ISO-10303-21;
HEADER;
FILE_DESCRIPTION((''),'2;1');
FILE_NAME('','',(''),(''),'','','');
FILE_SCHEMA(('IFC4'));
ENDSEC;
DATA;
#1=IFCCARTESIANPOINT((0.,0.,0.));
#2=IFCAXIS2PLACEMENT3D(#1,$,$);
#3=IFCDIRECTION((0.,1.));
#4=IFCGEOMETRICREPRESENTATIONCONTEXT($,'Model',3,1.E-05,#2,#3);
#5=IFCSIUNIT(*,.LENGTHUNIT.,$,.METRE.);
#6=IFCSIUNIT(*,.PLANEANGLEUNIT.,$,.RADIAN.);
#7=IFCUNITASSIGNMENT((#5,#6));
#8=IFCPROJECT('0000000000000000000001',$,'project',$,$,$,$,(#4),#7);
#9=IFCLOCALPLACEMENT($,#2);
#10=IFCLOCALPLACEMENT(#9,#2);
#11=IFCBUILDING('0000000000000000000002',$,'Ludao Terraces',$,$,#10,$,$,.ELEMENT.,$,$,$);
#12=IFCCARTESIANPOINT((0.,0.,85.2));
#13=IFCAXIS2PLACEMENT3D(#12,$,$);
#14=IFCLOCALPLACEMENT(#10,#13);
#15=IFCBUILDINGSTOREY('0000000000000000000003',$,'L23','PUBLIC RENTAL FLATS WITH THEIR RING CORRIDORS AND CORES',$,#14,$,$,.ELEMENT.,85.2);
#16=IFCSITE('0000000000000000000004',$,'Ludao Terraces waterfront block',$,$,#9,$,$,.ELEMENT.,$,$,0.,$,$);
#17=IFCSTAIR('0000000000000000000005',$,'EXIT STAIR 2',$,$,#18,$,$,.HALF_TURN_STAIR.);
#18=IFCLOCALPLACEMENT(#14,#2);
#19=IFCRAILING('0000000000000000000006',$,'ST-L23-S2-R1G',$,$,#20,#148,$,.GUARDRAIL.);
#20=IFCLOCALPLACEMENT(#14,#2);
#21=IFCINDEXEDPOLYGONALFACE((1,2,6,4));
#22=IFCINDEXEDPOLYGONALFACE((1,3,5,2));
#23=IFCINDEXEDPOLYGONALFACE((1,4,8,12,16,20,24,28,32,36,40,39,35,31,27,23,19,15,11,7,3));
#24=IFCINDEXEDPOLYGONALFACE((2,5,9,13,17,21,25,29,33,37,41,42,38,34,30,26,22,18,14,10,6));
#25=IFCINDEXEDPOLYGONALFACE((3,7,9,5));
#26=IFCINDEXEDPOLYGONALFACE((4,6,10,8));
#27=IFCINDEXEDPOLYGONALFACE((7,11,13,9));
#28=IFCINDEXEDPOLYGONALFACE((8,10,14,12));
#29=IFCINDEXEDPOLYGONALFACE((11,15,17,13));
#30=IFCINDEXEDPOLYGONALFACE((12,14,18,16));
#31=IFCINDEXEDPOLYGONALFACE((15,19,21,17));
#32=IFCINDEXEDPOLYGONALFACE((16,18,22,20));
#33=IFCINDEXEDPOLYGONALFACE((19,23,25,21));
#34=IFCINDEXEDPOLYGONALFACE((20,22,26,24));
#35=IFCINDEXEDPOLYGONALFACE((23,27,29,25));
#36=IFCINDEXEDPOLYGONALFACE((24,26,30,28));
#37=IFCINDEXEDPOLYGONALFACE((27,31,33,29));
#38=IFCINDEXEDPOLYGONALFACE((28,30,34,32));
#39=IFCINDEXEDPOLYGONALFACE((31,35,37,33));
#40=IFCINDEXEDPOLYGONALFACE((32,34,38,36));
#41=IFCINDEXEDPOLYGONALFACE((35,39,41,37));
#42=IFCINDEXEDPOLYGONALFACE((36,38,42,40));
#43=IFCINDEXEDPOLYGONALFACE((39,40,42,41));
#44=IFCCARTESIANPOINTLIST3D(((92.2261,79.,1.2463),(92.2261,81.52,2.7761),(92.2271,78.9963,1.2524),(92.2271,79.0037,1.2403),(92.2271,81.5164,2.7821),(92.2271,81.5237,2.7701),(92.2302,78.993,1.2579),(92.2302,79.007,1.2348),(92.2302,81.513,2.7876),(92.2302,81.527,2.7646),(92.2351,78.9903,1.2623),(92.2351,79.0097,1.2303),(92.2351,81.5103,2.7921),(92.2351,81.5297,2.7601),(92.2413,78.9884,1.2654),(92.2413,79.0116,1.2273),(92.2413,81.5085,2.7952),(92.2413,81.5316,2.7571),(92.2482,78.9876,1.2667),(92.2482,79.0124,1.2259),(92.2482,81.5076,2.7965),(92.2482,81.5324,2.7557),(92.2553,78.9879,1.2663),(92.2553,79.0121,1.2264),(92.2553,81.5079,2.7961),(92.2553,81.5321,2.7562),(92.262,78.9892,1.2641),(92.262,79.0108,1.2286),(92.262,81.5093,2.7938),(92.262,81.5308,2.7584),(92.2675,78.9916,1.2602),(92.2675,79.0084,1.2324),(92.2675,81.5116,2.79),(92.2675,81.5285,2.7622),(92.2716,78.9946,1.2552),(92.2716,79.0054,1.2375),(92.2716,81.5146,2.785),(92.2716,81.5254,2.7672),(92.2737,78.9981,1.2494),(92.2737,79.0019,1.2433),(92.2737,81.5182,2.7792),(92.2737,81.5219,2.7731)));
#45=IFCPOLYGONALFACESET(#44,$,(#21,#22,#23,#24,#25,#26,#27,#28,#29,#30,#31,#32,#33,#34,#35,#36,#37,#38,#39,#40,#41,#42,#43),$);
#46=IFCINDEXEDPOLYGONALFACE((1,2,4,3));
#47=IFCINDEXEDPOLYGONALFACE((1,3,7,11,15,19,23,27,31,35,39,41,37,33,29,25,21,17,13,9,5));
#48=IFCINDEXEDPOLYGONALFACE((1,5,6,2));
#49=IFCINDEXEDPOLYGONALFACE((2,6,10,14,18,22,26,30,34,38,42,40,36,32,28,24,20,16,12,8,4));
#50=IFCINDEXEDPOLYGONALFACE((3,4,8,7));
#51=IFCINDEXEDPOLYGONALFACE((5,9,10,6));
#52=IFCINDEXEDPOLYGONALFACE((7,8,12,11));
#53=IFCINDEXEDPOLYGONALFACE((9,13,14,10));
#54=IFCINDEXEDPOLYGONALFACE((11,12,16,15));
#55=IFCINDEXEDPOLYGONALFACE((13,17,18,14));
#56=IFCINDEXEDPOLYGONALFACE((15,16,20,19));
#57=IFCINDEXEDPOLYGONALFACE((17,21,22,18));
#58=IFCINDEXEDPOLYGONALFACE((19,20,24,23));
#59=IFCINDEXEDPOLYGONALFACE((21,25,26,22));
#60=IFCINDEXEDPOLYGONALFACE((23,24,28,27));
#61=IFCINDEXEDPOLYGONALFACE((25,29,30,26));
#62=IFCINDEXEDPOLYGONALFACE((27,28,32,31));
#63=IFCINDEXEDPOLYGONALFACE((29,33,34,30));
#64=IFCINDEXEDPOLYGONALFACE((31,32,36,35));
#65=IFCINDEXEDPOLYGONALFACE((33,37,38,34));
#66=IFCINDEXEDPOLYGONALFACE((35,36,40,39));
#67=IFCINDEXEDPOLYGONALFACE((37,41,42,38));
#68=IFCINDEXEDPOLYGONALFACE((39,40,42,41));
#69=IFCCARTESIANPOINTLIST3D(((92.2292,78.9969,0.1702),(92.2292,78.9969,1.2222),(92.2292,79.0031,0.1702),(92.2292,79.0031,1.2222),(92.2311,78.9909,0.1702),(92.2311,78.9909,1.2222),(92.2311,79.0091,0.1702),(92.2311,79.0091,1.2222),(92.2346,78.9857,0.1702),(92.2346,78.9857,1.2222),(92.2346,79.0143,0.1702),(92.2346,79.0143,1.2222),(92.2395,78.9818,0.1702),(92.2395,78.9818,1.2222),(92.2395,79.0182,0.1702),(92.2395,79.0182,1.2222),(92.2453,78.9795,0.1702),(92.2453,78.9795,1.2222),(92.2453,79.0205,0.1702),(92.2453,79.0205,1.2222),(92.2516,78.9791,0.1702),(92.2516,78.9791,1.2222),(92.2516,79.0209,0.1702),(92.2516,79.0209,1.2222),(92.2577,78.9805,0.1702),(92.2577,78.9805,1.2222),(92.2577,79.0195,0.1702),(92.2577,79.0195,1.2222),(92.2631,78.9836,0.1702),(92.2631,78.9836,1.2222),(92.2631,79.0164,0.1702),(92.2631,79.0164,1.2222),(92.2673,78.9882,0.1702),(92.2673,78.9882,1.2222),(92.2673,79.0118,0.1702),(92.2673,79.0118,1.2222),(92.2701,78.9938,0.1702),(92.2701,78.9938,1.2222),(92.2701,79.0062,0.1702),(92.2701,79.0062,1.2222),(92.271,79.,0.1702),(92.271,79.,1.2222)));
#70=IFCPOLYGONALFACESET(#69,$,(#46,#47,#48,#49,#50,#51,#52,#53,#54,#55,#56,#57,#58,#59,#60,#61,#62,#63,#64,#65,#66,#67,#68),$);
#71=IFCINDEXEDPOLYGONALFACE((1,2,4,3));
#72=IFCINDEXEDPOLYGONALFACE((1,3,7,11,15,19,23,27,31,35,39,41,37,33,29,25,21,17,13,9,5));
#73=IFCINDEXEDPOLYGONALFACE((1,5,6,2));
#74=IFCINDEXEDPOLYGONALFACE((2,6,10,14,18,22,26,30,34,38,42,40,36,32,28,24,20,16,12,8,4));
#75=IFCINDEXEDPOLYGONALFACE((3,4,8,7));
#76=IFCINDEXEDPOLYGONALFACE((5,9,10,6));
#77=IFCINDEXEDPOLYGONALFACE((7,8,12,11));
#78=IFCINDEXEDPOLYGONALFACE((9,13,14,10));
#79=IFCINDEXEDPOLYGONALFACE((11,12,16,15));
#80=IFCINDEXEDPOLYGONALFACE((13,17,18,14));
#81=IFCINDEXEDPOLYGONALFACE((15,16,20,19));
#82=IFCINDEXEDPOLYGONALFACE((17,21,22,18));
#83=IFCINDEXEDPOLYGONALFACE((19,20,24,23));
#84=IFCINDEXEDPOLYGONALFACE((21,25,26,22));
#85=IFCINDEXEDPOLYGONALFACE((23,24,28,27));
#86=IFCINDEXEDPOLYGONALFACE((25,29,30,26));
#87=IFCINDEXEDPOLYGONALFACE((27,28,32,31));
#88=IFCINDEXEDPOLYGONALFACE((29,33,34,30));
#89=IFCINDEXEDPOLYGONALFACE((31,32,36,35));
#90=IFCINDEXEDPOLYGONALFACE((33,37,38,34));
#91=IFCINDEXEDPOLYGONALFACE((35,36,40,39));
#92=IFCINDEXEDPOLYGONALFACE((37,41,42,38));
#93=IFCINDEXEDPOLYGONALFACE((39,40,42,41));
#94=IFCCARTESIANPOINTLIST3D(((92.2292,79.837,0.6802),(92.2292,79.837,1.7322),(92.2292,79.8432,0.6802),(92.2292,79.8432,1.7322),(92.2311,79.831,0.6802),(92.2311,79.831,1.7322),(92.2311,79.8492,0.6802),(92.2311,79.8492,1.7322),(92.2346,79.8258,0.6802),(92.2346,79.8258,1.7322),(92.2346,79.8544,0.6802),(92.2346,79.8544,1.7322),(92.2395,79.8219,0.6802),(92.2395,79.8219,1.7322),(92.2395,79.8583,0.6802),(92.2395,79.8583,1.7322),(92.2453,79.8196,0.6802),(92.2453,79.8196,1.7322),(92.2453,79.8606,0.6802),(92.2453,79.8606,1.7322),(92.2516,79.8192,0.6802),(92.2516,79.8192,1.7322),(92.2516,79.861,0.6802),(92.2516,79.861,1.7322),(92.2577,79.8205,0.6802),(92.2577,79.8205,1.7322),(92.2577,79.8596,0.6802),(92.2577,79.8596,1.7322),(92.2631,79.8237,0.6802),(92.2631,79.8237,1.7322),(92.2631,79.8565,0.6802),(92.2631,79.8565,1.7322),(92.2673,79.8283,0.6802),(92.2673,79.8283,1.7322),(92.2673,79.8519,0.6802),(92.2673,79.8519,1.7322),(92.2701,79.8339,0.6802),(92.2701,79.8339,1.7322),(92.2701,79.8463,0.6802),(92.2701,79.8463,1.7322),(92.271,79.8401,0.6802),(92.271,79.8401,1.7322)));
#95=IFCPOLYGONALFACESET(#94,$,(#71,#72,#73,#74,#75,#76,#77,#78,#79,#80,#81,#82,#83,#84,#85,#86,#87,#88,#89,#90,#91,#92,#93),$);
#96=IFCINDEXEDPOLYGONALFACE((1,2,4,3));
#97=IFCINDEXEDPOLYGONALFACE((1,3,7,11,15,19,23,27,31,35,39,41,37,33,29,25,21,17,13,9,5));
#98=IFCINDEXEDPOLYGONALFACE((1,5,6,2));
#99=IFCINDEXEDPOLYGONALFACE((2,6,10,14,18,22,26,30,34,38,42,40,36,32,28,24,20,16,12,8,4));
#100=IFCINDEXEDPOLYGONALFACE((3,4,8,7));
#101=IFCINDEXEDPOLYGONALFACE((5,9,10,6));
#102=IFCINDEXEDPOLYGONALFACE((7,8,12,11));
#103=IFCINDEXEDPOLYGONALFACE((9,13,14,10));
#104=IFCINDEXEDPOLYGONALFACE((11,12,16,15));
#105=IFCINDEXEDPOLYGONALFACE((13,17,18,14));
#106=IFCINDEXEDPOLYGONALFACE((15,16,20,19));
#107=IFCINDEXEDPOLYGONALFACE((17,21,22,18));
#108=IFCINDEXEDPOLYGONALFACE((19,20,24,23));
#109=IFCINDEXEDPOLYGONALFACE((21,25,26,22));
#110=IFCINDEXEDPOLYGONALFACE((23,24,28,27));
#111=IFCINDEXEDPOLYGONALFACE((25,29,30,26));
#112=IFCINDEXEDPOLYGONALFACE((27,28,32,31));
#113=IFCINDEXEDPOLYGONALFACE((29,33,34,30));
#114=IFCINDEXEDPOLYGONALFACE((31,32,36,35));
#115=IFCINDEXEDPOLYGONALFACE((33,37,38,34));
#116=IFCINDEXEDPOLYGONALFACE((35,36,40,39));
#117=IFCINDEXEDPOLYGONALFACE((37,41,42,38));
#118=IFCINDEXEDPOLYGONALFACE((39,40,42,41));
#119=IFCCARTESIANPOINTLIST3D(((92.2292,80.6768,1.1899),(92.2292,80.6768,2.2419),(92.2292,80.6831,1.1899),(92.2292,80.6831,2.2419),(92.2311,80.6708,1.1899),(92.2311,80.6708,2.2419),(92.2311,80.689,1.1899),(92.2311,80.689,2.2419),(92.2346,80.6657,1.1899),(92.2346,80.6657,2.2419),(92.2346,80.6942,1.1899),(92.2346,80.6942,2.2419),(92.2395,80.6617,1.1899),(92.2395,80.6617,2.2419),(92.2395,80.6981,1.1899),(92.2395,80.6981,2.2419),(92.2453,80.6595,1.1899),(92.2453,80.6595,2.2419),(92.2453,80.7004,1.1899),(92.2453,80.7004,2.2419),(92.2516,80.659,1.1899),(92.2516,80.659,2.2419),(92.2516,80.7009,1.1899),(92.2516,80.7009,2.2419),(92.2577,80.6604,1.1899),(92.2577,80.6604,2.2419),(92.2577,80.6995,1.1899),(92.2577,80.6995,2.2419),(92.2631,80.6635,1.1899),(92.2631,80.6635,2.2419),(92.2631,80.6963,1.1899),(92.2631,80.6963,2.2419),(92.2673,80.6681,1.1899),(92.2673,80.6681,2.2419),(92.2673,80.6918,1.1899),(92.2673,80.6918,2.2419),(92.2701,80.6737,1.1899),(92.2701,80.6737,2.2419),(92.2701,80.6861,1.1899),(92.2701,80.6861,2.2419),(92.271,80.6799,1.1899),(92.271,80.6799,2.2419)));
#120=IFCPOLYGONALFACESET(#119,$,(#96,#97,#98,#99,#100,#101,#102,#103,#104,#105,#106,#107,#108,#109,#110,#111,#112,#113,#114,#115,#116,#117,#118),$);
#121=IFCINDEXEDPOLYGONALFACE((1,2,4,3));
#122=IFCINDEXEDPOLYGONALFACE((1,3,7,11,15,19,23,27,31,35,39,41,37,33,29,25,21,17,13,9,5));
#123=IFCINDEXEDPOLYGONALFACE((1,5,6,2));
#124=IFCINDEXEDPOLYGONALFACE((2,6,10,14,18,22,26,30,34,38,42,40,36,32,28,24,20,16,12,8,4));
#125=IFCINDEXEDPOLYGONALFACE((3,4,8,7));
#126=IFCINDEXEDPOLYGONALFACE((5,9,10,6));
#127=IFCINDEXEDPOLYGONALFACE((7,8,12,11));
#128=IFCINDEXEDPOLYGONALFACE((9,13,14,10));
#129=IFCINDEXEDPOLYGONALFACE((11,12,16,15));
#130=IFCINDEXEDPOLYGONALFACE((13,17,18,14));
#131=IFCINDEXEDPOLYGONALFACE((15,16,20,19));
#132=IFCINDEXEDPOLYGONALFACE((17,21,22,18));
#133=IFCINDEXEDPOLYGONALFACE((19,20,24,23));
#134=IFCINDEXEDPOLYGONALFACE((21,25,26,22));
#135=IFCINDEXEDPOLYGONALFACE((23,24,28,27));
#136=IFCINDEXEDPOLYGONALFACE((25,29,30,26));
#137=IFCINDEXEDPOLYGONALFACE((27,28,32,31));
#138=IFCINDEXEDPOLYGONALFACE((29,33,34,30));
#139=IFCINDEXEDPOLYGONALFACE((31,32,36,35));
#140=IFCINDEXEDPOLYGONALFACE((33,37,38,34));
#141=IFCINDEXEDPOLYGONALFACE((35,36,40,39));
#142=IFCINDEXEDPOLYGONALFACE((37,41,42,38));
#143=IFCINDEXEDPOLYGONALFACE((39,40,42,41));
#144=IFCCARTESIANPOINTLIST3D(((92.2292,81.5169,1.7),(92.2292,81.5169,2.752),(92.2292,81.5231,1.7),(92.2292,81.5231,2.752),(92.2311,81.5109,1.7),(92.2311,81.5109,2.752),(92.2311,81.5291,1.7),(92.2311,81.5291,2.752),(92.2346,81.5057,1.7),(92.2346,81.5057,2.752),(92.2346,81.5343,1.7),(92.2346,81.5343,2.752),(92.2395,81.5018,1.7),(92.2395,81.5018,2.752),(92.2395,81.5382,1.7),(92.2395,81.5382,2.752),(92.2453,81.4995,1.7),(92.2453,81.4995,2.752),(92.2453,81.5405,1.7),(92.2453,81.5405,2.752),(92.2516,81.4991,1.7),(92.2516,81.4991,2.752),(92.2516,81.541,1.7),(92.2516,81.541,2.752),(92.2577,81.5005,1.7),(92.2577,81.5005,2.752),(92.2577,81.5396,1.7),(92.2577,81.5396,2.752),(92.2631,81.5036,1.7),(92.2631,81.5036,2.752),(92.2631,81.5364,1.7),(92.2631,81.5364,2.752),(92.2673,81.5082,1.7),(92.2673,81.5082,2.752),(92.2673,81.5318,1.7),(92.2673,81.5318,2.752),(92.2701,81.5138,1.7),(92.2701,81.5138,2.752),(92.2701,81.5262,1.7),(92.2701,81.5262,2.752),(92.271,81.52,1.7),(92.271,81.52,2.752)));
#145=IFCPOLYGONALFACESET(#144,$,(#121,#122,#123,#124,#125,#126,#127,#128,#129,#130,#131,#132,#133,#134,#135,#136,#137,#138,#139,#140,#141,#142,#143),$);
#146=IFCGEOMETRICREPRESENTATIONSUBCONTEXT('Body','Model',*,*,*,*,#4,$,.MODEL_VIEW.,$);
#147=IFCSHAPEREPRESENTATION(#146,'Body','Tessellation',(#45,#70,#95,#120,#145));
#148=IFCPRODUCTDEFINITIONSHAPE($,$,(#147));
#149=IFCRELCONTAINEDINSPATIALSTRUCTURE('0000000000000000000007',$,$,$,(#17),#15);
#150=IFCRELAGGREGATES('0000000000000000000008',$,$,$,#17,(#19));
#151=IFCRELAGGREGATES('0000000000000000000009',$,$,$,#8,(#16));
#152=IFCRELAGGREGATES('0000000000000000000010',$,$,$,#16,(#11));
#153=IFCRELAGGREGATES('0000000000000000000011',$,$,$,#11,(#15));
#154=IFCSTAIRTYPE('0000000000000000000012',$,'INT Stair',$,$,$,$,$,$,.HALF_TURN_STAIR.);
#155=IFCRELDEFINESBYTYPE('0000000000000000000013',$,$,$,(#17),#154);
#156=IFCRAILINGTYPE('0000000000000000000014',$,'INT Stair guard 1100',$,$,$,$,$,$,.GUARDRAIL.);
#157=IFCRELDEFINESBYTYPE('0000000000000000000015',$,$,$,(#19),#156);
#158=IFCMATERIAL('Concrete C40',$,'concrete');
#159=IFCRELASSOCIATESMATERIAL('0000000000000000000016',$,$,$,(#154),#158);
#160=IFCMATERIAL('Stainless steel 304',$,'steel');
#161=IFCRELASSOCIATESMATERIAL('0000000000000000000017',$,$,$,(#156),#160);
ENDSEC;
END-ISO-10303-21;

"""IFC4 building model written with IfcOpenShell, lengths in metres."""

from ifc_helpers import new_model, si_unit, direction, frame, origin, origin_2d, place, context, subcontext, project, spatial, circle, extrude, material, type_object, element, aggregate, save


model = new_model("IFC4")

# Units and contexts
model_context = context("Model", 3, precision=1e-05, world=origin(), true_north=direction((0.0, 1.0)))
body_context = subcontext(model_context, "Body", "Model", "MODEL_VIEW")
ifc_project = project(units=[si_unit("LENGTHUNIT", "METRE"), si_unit("PLANEANGLEUNIT", "RADIAN")], contexts=[model_context])

# Site, building, storey
site_placement = place(None, origin())
site = spatial("IfcSite", under=ifc_project, at=site_placement, Name="Ludao Terraces waterfront block", CompositionType="ELEMENT", RefElevation=0.0)
building_placement = place(site_placement, origin())
building = spatial("IfcBuilding", under=site, at=building_placement, Name="Ludao Terraces", CompositionType="ELEMENT")
storey_placement = place(building_placement, frame((0.0, 0.0, 85.2)))
storey = spatial("IfcBuildingStorey", under=building, at=storey_placement, Name="L23", Description="PUBLIC RENTAL FLATS WITH THEIR RING CORRIDORS AND CORES", CompositionType="ELEMENT", Elevation=85.2)

# Stair, railing
ifc_material_1 = material(Name="Concrete C40", Category="concrete")
stair_type = type_object("IfcStairType", Name="INT Stair", PredefinedType="HALF_TURN_STAIR", material=ifc_material_1)
stair_placement = place(storey_placement, origin())
stair = element("IfcStair", 1, at=stair_placement, inside=storey, type_object=stair_type, Name="EXIT STAIR 2", PredefinedType="HALF_TURN_STAIR")
ifc_material_2 = material(Name="Stainless steel 304", Category="steel")
railing_type_1 = type_object("IfcRailingType", Name="INT Stair guard 1100", PredefinedType="GUARDRAIL", material=ifc_material_2)
railing_1_placement = place(storey_placement, frame((92.25, 79.0, 0.1702)))
railing_1 = element("IfcRailing", 2, at=railing_1_placement, type_object=railing_type_1, Name="ST-L23-S2-R1G", PredefinedType="GUARDRAIL", context=body_context, shape_type="SweptSolid", body=[
    extrude(circle(Radius=0.0239, at=origin_2d()), frame((0.0, 0.0, 1.0762), z_axis=(0.0, 0.854822, 0.518922), x_axis=(-1.0, 0.0, 0.0)), (0.0, 0.0, 1.0), 2.948),
    extrude(circle(Radius=0.021, at=origin_2d()), origin(), (0.0, 0.0, 1.0), 1.052),
    extrude(circle(Radius=0.021, at=origin_2d()), frame((0.0, 0.8401, 0.51)), (0.0, 0.0, 1.0), 1.052),
    extrude(circle(Radius=0.021, at=origin_2d()), frame((0.0, 1.6799, 1.0198)), (0.0, 0.0, 1.0), 1.052),
    extrude(circle(Radius=0.021, at=origin_2d()), frame((0.0, 2.52, 1.5298)), (0.0, 0.0, 1.0), 1.052),
])
aggregate(stair, [railing_1])

save(model, "model.ifc")
